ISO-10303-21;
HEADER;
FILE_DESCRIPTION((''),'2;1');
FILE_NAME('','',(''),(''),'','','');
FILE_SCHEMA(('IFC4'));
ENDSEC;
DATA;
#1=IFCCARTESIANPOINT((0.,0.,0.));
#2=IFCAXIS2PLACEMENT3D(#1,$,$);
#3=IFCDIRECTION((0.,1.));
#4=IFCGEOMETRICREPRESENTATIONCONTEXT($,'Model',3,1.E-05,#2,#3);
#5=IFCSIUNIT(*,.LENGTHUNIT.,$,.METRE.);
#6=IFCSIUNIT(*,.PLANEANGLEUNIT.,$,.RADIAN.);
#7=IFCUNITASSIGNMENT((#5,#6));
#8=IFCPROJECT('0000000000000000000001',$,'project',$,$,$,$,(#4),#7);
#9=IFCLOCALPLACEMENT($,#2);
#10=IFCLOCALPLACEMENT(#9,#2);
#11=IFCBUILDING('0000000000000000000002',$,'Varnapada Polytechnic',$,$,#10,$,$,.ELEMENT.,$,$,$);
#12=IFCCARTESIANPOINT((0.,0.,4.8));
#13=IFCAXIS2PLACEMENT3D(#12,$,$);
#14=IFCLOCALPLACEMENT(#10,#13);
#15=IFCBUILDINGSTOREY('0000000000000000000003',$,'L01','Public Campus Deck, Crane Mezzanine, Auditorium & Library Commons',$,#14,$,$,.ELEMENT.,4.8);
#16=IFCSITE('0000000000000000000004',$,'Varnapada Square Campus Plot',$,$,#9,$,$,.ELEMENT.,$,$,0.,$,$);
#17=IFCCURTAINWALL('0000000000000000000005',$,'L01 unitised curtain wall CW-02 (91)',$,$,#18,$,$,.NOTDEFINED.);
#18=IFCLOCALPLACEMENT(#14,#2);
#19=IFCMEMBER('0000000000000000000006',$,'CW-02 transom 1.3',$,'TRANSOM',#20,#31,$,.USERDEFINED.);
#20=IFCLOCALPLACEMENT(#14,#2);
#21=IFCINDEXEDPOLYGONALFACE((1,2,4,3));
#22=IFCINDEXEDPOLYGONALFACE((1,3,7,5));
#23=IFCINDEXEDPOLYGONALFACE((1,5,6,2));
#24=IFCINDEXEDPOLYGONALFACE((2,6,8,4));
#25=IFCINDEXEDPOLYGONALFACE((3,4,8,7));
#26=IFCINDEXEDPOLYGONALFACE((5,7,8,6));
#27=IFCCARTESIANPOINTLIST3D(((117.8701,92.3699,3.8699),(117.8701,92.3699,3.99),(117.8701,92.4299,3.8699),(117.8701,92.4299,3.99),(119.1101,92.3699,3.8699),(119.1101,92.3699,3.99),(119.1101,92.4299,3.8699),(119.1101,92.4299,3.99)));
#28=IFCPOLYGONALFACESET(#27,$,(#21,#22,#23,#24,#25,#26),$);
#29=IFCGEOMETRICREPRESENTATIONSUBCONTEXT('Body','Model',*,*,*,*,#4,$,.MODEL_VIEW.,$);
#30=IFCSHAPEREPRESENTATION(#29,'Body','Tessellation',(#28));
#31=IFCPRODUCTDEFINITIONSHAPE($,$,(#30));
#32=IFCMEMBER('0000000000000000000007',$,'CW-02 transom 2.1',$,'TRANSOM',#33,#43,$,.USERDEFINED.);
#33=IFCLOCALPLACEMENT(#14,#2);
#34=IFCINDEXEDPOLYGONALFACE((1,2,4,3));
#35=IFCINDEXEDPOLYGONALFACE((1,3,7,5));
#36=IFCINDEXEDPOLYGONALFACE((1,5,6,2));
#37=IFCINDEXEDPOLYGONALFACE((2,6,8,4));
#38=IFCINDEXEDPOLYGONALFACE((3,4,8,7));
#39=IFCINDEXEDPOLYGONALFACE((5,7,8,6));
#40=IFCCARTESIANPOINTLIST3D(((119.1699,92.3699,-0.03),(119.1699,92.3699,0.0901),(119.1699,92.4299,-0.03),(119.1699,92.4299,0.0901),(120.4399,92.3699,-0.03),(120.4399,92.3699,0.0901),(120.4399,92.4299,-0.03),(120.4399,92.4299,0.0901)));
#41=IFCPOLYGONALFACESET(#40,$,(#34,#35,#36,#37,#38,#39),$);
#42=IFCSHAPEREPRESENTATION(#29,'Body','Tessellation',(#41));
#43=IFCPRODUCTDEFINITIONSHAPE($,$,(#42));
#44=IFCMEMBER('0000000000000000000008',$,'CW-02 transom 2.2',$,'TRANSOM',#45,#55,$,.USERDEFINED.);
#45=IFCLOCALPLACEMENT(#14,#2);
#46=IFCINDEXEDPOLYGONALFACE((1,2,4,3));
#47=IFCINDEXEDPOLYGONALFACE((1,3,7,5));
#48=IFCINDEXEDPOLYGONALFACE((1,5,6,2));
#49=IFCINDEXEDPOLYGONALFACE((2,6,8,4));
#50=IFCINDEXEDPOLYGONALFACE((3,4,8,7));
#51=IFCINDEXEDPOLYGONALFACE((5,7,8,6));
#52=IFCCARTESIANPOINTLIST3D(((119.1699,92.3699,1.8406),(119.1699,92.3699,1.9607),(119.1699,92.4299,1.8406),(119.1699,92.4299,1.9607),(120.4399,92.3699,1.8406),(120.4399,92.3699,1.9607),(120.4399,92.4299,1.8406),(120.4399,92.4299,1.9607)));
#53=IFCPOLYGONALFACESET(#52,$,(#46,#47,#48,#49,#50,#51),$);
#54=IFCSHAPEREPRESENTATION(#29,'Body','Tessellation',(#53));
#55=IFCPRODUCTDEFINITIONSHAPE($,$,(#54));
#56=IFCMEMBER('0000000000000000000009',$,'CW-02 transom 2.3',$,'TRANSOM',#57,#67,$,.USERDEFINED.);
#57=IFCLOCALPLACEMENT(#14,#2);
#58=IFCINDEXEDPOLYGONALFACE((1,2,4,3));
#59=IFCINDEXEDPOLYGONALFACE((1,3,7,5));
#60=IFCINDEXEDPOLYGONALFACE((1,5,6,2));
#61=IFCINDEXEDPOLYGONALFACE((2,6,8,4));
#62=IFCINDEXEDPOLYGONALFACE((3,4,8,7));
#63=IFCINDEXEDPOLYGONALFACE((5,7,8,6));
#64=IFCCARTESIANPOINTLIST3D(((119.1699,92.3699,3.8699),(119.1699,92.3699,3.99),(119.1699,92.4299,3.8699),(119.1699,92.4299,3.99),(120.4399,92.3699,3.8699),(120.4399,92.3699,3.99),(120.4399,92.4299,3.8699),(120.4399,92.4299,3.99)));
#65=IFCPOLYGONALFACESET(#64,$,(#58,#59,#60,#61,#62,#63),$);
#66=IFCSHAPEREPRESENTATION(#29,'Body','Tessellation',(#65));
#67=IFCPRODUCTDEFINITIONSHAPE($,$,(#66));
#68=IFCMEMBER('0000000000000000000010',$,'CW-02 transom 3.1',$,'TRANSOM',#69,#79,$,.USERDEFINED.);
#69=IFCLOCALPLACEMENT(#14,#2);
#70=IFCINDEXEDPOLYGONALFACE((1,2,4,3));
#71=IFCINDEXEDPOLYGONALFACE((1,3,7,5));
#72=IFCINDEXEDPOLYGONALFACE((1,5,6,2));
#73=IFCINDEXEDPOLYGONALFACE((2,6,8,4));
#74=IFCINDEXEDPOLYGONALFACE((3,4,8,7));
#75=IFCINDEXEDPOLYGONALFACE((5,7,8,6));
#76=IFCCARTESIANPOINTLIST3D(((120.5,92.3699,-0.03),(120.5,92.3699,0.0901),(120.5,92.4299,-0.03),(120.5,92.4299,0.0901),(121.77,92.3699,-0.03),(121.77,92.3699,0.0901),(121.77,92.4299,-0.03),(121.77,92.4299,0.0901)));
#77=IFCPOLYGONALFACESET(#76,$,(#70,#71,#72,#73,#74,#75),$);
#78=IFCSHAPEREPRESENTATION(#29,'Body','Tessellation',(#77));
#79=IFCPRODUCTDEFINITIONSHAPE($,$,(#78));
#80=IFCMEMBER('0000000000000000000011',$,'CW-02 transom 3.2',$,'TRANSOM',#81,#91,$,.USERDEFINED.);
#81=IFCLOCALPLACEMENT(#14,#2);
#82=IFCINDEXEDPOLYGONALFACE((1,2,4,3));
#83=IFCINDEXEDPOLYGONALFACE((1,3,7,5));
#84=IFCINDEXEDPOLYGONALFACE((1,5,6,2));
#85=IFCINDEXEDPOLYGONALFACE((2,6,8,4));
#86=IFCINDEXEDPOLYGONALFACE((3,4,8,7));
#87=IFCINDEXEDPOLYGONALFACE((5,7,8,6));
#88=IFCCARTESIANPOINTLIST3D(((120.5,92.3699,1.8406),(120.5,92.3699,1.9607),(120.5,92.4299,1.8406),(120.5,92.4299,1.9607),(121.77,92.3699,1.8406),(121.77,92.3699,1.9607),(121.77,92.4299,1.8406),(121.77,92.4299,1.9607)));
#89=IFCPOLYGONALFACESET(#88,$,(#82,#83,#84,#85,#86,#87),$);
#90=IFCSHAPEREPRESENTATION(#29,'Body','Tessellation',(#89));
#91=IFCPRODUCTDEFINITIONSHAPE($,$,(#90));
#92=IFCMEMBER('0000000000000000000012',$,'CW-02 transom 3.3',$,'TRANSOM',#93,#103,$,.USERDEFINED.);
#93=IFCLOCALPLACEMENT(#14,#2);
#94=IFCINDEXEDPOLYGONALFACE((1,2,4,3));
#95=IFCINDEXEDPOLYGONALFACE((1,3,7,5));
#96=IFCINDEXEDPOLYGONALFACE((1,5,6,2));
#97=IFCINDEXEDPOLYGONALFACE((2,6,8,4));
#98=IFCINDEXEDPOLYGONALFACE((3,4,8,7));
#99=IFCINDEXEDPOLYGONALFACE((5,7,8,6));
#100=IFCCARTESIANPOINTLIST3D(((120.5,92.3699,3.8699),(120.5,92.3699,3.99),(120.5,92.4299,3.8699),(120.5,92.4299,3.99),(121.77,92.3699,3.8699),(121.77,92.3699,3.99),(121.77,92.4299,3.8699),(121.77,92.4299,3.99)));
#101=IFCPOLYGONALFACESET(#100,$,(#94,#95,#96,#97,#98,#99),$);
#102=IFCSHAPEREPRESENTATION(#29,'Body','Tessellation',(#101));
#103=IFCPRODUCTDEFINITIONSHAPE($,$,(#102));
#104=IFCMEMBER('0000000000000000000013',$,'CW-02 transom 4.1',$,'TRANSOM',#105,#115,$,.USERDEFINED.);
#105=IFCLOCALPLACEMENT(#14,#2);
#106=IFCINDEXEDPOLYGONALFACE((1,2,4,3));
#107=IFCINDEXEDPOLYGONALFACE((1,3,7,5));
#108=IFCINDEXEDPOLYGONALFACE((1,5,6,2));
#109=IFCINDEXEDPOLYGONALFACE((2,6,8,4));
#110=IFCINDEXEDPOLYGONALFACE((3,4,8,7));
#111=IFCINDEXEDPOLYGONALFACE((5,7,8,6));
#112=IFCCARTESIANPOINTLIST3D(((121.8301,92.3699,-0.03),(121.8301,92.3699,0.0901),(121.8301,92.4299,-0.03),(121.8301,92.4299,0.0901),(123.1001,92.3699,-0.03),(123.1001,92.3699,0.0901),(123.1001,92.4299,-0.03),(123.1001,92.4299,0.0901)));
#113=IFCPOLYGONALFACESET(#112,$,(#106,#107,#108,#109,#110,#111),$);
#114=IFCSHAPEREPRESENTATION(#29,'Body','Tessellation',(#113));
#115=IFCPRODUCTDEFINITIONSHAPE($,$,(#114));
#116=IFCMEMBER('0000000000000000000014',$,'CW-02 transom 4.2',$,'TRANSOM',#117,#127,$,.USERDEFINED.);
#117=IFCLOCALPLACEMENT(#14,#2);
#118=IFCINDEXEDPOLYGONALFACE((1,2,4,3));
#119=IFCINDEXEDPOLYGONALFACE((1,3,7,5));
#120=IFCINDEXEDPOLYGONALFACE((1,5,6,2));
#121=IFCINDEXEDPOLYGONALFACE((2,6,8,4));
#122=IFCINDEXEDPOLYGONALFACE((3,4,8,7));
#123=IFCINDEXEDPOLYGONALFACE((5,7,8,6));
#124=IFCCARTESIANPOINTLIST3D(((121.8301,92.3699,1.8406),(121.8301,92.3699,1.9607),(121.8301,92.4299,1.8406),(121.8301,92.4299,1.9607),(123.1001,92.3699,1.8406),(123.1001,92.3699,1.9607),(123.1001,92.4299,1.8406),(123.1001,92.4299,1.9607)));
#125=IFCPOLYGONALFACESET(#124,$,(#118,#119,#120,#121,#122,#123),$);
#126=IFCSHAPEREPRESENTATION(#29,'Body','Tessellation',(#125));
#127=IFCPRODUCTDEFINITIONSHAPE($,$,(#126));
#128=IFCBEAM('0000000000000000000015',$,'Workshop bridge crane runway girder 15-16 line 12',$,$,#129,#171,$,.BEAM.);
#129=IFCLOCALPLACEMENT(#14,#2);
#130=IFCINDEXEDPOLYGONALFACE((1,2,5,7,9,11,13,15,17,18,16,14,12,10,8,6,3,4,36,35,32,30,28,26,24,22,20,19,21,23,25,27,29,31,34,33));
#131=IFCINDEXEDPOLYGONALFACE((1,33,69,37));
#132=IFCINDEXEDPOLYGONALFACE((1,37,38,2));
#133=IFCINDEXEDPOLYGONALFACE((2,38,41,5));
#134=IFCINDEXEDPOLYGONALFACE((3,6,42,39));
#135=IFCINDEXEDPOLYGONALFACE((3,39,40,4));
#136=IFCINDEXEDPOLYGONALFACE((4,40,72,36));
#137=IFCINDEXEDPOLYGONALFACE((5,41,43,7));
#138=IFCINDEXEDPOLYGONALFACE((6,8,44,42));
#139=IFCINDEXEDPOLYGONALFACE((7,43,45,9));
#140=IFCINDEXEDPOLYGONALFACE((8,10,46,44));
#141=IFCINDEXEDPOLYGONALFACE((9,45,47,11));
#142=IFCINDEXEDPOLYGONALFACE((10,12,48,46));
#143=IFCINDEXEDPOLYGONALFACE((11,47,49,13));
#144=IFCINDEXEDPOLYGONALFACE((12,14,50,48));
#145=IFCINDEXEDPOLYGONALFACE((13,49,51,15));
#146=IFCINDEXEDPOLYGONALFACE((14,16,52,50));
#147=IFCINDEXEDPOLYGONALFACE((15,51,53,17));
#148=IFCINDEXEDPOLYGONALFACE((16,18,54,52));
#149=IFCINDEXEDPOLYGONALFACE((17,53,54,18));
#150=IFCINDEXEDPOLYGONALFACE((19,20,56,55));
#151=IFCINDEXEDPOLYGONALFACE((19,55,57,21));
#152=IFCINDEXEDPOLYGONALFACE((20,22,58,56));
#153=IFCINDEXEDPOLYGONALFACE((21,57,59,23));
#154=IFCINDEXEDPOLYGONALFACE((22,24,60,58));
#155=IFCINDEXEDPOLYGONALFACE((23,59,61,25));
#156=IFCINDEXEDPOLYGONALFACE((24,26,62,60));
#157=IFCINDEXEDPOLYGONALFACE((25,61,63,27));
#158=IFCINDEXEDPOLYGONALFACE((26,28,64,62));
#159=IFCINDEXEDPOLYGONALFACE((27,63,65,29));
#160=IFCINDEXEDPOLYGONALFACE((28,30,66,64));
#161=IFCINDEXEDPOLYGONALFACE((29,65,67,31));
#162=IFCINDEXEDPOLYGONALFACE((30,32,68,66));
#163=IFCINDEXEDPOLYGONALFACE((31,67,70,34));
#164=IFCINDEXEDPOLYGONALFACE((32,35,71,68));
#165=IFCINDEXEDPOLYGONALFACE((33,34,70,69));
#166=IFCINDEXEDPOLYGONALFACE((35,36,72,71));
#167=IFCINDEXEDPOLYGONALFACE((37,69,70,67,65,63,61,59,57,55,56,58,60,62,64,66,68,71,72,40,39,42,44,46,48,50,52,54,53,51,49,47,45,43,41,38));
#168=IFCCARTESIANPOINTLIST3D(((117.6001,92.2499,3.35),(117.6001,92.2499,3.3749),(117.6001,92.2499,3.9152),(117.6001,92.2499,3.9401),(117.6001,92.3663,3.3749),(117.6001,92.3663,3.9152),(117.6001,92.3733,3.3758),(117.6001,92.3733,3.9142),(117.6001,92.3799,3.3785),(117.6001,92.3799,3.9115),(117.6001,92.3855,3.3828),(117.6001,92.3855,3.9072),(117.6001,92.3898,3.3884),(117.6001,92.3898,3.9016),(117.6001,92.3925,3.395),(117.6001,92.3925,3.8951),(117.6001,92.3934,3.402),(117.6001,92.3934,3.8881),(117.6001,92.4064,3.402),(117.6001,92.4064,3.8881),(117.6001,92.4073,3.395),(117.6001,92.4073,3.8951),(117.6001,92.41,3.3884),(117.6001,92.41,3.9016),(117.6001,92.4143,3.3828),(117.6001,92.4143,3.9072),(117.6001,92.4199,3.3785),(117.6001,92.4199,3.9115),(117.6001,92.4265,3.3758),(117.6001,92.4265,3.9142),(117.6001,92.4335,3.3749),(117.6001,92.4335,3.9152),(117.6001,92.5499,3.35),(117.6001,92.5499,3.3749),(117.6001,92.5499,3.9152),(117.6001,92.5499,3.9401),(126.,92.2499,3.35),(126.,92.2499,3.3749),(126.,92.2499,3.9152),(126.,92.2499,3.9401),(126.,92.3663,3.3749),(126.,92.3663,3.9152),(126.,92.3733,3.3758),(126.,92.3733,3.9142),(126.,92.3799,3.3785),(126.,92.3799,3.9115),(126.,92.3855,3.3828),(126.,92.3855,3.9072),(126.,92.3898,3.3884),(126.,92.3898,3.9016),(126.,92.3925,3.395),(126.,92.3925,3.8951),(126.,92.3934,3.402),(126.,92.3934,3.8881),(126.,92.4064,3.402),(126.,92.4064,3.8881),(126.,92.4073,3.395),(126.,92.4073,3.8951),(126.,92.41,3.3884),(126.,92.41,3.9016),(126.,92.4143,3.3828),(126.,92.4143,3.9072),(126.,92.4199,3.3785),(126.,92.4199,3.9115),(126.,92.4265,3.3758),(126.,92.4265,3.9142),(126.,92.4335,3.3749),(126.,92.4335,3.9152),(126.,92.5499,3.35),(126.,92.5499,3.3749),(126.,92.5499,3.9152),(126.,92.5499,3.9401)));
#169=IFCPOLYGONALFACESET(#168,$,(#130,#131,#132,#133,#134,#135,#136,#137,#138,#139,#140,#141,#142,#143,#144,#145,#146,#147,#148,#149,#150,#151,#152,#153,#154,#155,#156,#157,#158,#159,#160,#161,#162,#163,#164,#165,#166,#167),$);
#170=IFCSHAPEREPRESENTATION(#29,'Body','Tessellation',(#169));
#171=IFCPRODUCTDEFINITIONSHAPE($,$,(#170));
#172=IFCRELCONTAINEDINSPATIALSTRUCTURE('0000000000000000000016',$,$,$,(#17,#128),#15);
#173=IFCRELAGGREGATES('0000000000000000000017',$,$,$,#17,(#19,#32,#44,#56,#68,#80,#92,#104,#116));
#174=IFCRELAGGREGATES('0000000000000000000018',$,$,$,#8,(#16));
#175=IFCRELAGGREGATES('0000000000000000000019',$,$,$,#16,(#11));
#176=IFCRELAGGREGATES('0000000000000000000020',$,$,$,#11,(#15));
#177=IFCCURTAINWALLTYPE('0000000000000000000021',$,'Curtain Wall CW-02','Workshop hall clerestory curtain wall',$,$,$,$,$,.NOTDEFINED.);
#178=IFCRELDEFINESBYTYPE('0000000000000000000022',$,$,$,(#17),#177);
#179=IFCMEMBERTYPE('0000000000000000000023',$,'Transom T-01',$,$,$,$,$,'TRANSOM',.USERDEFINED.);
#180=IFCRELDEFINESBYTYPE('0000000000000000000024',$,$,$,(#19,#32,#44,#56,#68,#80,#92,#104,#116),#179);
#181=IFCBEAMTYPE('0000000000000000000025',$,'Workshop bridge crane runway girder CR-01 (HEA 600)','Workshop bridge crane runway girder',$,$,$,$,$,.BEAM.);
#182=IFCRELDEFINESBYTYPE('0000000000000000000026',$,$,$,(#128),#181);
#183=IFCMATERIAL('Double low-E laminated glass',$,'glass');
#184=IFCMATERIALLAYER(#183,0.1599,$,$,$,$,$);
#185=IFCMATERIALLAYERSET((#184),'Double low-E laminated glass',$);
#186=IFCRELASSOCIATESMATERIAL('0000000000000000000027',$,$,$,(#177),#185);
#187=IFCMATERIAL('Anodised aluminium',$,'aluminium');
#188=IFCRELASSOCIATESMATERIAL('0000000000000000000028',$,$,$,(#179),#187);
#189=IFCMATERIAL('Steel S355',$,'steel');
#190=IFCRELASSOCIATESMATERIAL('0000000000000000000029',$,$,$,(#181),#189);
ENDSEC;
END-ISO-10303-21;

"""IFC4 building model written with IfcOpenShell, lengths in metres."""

from ifc_helpers import new_model, si_unit, direction, frame, origin, origin_2d, place, context, subcontext, project, spatial, rectangle, i_section, extrude, material, layer, layer_set, material_profile, profile_set, type_object, element, aggregate, save


model = new_model("IFC4")

# Units and contexts
model_context = context("Model", 3, precision=1e-05, world=origin(), true_north=direction((0.0, 1.0)))
body_context = subcontext(model_context, "Body", "Model", "MODEL_VIEW")
ifc_project = project(units=[si_unit("LENGTHUNIT", "METRE"), si_unit("PLANEANGLEUNIT", "RADIAN")], contexts=[model_context])

# Site, building, storey
site_placement = place(None, origin())
site = spatial("IfcSite", under=ifc_project, at=site_placement, Name="Varnapada Square Campus Plot", CompositionType="ELEMENT", RefElevation=0.0)
building_placement = place(site_placement, origin())
building = spatial("IfcBuilding", under=site, at=building_placement, Name="Varnapada Polytechnic", CompositionType="ELEMENT")
storey_placement = place(building_placement, frame((0.0, 0.0, 4.8)))
storey = spatial("IfcBuildingStorey", under=building, at=storey_placement, Name="L01", Description="Public Campus Deck, Crane Mezzanine, Auditorium & Library Commons", CompositionType="ELEMENT", Elevation=4.8)

# Shared definitions
ifc_material_1 = material(Name="Steel S355", Category="steel")

# Curtain wall, members
ifc_material_2 = material(Name="Double low-E laminated glass", Category="glass")
ifc_layer_1 = layer(ifc_material_2, 0.1599)
ifc_layer_set_1 = layer_set([ifc_layer_1], Name="Double low-E laminated glass")
curtain_wall_type = type_object("IfcCurtainWallType", Name="Curtain Wall CW-02", Description="Workshop hall clerestory curtain wall", PredefinedType="NOTDEFINED", material=ifc_layer_set_1)
curtain_wall_placement = place(storey_placement, origin())
curtain_wall = element("IfcCurtainWall", 1, at=curtain_wall_placement, inside=storey, type_object=curtain_wall_type, Name="L01 unitised curtain wall CW-02 (91)", PredefinedType="NOTDEFINED")
ifc_material_3 = material(Name="Anodised aluminium", Category="aluminium")
ifc_material_profile_1 = material_profile(ifc_material_3, rectangle(XDim=0.0601, YDim=0.1201, at=origin_2d()), Name="ALU T60x120")
ifc_profile_set_1 = profile_set([ifc_material_profile_1], Name="Anodised aluminium")
member_type_1 = type_object("IfcMemberType", Name="Transom T-01", ElementType="TRANSOM", PredefinedType="USERDEFINED", material=ifc_profile_set_1)
member_1_placement = place(storey_placement, frame((117.8701, 92.3999, 3.9299), z_axis=(1.0, 0.0, 0.0), x_axis=(0.0, 1.0, 0.0)))
member_1 = element("IfcMember", 2, at=member_1_placement, type_object=member_type_1, Name="CW-02 transom 1.3", ObjectType="TRANSOM", PredefinedType="USERDEFINED", context=body_context, shape_type="SweptSolid", body=[
    extrude(rectangle(XDim=0.0601, YDim=0.1201, at=origin_2d()), origin(), (0.0, 0.0, 1.0), 1.24),
])
member_2_placement = place(storey_placement, frame((119.1699, 92.3999, 0.03), z_axis=(1.0, 0.0, 0.0), x_axis=(0.0, 1.0, 0.0)))
member_2 = element("IfcMember", 3, at=member_2_placement, type_object=member_type_1, Name="CW-02 transom 2.1", ObjectType="TRANSOM", PredefinedType="USERDEFINED", context=body_context, shape_type="SweptSolid", body=[
    extrude(rectangle(XDim=0.0601, YDim=0.1201, at=origin_2d()), origin(), (0.0, 0.0, 1.0), 1.27),
])
member_3_placement = place(storey_placement, frame((119.1699, 92.3999, 1.9006), z_axis=(1.0, 0.0, 0.0), x_axis=(0.0, 1.0, 0.0)))
member_3 = element("IfcMember", 4, at=member_3_placement, type_object=member_type_1, Name="CW-02 transom 2.2", ObjectType="TRANSOM", PredefinedType="USERDEFINED", context=body_context, shape_type="SweptSolid", body=[
    extrude(rectangle(XDim=0.0601, YDim=0.1201, at=origin_2d()), origin(), (0.0, 0.0, 1.0), 1.27),
])
member_4_placement = place(storey_placement, frame((119.1699, 92.3999, 3.9299), z_axis=(1.0, 0.0, 0.0), x_axis=(0.0, 1.0, 0.0)))
member_4 = element("IfcMember", 5, at=member_4_placement, type_object=member_type_1, Name="CW-02 transom 2.3", ObjectType="TRANSOM", PredefinedType="USERDEFINED", context=body_context, shape_type="SweptSolid", body=[
    extrude(rectangle(XDim=0.0601, YDim=0.1201, at=origin_2d()), origin(), (0.0, 0.0, 1.0), 1.27),
])
member_5_placement = place(storey_placement, frame((120.5, 92.3999, 0.03), z_axis=(1.0, 0.0, 0.0), x_axis=(0.0, 1.0, 0.0)))
member_5 = element("IfcMember", 6, at=member_5_placement, type_object=member_type_1, Name="CW-02 transom 3.1", ObjectType="TRANSOM", PredefinedType="USERDEFINED", context=body_context, shape_type="SweptSolid", body=[
    extrude(rectangle(XDim=0.0601, YDim=0.1201, at=origin_2d()), origin(), (0.0, 0.0, 1.0), 1.27),
])
member_6_placement = place(storey_placement, frame((120.5, 92.3999, 1.9006), z_axis=(1.0, 0.0, 0.0), x_axis=(0.0, 1.0, 0.0)))
member_6 = element("IfcMember", 7, at=member_6_placement, type_object=member_type_1, Name="CW-02 transom 3.2", ObjectType="TRANSOM", PredefinedType="USERDEFINED", context=body_context, shape_type="SweptSolid", body=[
    extrude(rectangle(XDim=0.0601, YDim=0.1201, at=origin_2d()), origin(), (0.0, 0.0, 1.0), 1.27),
])
member_7_placement = place(storey_placement, frame((120.5, 92.3999, 3.9299), z_axis=(1.0, 0.0, 0.0), x_axis=(0.0, 1.0, 0.0)))
member_7 = element("IfcMember", 8, at=member_7_placement, type_object=member_type_1, Name="CW-02 transom 3.3", ObjectType="TRANSOM", PredefinedType="USERDEFINED", context=body_context, shape_type="SweptSolid", body=[
    extrude(rectangle(XDim=0.0601, YDim=0.1201, at=origin_2d()), origin(), (0.0, 0.0, 1.0), 1.27),
])
member_8_placement = place(storey_placement, frame((121.8301, 92.3999, 0.03), z_axis=(1.0, 0.0, 0.0), x_axis=(0.0, 1.0, 0.0)))
member_8 = element("IfcMember", 9, at=member_8_placement, type_object=member_type_1, Name="CW-02 transom 4.1", ObjectType="TRANSOM", PredefinedType="USERDEFINED", context=body_context, shape_type="SweptSolid", body=[
    extrude(rectangle(XDim=0.0601, YDim=0.1201, at=origin_2d()), origin(), (0.0, 0.0, 1.0), 1.27),
])
member_9_placement = place(storey_placement, frame((121.8301, 92.3999, 1.9006), z_axis=(1.0, 0.0, 0.0), x_axis=(0.0, 1.0, 0.0)))
member_9 = element("IfcMember", 10, at=member_9_placement, type_object=member_type_1, Name="CW-02 transom 4.2", ObjectType="TRANSOM", PredefinedType="USERDEFINED", context=body_context, shape_type="SweptSolid", body=[
    extrude(rectangle(XDim=0.0601, YDim=0.1201, at=origin_2d()), origin(), (0.0, 0.0, 1.0), 1.27),
])

# Beam
ifc_material_profile_2 = material_profile(ifc_material_1, i_section(OverallWidth=0.3, OverallDepth=0.5901, WebThickness=0.0129, FlangeThickness=0.0249, FilletRadius=0.0271, at=origin_2d()), Name="HEA 600")
ifc_profile_set_2 = profile_set([ifc_material_profile_2], Name="Steel S355")
beam_type_1 = type_object("IfcBeamType", Name="Workshop bridge crane runway girder CR-01 (HEA 600)", Description="Workshop bridge crane runway girder", PredefinedType="BEAM", material=ifc_profile_set_2)
beam_1_placement = place(storey_placement, frame((117.6001, 92.3999, 3.645), z_axis=(1.0, 0.0, 0.0), x_axis=(0.0, 1.0, 0.0)))
element("IfcBeam", 11, at=beam_1_placement, inside=storey, type_object=beam_type_1, Name="Workshop bridge crane runway girder 15-16 line 12", PredefinedType="BEAM", context=body_context, shape_type="SweptSolid", body=[
    extrude(i_section(OverallWidth=0.3, OverallDepth=0.5901, WebThickness=0.0129, FlangeThickness=0.0249, FilletRadius=0.0271, at=origin_2d()), origin(), (0.0, 0.0, 1.0), 8.3999),
])

aggregate(curtain_wall, [member_1, member_2, member_3, member_4, member_5, member_6, member_7, member_8, member_9])

save(model, "model.ifc")
